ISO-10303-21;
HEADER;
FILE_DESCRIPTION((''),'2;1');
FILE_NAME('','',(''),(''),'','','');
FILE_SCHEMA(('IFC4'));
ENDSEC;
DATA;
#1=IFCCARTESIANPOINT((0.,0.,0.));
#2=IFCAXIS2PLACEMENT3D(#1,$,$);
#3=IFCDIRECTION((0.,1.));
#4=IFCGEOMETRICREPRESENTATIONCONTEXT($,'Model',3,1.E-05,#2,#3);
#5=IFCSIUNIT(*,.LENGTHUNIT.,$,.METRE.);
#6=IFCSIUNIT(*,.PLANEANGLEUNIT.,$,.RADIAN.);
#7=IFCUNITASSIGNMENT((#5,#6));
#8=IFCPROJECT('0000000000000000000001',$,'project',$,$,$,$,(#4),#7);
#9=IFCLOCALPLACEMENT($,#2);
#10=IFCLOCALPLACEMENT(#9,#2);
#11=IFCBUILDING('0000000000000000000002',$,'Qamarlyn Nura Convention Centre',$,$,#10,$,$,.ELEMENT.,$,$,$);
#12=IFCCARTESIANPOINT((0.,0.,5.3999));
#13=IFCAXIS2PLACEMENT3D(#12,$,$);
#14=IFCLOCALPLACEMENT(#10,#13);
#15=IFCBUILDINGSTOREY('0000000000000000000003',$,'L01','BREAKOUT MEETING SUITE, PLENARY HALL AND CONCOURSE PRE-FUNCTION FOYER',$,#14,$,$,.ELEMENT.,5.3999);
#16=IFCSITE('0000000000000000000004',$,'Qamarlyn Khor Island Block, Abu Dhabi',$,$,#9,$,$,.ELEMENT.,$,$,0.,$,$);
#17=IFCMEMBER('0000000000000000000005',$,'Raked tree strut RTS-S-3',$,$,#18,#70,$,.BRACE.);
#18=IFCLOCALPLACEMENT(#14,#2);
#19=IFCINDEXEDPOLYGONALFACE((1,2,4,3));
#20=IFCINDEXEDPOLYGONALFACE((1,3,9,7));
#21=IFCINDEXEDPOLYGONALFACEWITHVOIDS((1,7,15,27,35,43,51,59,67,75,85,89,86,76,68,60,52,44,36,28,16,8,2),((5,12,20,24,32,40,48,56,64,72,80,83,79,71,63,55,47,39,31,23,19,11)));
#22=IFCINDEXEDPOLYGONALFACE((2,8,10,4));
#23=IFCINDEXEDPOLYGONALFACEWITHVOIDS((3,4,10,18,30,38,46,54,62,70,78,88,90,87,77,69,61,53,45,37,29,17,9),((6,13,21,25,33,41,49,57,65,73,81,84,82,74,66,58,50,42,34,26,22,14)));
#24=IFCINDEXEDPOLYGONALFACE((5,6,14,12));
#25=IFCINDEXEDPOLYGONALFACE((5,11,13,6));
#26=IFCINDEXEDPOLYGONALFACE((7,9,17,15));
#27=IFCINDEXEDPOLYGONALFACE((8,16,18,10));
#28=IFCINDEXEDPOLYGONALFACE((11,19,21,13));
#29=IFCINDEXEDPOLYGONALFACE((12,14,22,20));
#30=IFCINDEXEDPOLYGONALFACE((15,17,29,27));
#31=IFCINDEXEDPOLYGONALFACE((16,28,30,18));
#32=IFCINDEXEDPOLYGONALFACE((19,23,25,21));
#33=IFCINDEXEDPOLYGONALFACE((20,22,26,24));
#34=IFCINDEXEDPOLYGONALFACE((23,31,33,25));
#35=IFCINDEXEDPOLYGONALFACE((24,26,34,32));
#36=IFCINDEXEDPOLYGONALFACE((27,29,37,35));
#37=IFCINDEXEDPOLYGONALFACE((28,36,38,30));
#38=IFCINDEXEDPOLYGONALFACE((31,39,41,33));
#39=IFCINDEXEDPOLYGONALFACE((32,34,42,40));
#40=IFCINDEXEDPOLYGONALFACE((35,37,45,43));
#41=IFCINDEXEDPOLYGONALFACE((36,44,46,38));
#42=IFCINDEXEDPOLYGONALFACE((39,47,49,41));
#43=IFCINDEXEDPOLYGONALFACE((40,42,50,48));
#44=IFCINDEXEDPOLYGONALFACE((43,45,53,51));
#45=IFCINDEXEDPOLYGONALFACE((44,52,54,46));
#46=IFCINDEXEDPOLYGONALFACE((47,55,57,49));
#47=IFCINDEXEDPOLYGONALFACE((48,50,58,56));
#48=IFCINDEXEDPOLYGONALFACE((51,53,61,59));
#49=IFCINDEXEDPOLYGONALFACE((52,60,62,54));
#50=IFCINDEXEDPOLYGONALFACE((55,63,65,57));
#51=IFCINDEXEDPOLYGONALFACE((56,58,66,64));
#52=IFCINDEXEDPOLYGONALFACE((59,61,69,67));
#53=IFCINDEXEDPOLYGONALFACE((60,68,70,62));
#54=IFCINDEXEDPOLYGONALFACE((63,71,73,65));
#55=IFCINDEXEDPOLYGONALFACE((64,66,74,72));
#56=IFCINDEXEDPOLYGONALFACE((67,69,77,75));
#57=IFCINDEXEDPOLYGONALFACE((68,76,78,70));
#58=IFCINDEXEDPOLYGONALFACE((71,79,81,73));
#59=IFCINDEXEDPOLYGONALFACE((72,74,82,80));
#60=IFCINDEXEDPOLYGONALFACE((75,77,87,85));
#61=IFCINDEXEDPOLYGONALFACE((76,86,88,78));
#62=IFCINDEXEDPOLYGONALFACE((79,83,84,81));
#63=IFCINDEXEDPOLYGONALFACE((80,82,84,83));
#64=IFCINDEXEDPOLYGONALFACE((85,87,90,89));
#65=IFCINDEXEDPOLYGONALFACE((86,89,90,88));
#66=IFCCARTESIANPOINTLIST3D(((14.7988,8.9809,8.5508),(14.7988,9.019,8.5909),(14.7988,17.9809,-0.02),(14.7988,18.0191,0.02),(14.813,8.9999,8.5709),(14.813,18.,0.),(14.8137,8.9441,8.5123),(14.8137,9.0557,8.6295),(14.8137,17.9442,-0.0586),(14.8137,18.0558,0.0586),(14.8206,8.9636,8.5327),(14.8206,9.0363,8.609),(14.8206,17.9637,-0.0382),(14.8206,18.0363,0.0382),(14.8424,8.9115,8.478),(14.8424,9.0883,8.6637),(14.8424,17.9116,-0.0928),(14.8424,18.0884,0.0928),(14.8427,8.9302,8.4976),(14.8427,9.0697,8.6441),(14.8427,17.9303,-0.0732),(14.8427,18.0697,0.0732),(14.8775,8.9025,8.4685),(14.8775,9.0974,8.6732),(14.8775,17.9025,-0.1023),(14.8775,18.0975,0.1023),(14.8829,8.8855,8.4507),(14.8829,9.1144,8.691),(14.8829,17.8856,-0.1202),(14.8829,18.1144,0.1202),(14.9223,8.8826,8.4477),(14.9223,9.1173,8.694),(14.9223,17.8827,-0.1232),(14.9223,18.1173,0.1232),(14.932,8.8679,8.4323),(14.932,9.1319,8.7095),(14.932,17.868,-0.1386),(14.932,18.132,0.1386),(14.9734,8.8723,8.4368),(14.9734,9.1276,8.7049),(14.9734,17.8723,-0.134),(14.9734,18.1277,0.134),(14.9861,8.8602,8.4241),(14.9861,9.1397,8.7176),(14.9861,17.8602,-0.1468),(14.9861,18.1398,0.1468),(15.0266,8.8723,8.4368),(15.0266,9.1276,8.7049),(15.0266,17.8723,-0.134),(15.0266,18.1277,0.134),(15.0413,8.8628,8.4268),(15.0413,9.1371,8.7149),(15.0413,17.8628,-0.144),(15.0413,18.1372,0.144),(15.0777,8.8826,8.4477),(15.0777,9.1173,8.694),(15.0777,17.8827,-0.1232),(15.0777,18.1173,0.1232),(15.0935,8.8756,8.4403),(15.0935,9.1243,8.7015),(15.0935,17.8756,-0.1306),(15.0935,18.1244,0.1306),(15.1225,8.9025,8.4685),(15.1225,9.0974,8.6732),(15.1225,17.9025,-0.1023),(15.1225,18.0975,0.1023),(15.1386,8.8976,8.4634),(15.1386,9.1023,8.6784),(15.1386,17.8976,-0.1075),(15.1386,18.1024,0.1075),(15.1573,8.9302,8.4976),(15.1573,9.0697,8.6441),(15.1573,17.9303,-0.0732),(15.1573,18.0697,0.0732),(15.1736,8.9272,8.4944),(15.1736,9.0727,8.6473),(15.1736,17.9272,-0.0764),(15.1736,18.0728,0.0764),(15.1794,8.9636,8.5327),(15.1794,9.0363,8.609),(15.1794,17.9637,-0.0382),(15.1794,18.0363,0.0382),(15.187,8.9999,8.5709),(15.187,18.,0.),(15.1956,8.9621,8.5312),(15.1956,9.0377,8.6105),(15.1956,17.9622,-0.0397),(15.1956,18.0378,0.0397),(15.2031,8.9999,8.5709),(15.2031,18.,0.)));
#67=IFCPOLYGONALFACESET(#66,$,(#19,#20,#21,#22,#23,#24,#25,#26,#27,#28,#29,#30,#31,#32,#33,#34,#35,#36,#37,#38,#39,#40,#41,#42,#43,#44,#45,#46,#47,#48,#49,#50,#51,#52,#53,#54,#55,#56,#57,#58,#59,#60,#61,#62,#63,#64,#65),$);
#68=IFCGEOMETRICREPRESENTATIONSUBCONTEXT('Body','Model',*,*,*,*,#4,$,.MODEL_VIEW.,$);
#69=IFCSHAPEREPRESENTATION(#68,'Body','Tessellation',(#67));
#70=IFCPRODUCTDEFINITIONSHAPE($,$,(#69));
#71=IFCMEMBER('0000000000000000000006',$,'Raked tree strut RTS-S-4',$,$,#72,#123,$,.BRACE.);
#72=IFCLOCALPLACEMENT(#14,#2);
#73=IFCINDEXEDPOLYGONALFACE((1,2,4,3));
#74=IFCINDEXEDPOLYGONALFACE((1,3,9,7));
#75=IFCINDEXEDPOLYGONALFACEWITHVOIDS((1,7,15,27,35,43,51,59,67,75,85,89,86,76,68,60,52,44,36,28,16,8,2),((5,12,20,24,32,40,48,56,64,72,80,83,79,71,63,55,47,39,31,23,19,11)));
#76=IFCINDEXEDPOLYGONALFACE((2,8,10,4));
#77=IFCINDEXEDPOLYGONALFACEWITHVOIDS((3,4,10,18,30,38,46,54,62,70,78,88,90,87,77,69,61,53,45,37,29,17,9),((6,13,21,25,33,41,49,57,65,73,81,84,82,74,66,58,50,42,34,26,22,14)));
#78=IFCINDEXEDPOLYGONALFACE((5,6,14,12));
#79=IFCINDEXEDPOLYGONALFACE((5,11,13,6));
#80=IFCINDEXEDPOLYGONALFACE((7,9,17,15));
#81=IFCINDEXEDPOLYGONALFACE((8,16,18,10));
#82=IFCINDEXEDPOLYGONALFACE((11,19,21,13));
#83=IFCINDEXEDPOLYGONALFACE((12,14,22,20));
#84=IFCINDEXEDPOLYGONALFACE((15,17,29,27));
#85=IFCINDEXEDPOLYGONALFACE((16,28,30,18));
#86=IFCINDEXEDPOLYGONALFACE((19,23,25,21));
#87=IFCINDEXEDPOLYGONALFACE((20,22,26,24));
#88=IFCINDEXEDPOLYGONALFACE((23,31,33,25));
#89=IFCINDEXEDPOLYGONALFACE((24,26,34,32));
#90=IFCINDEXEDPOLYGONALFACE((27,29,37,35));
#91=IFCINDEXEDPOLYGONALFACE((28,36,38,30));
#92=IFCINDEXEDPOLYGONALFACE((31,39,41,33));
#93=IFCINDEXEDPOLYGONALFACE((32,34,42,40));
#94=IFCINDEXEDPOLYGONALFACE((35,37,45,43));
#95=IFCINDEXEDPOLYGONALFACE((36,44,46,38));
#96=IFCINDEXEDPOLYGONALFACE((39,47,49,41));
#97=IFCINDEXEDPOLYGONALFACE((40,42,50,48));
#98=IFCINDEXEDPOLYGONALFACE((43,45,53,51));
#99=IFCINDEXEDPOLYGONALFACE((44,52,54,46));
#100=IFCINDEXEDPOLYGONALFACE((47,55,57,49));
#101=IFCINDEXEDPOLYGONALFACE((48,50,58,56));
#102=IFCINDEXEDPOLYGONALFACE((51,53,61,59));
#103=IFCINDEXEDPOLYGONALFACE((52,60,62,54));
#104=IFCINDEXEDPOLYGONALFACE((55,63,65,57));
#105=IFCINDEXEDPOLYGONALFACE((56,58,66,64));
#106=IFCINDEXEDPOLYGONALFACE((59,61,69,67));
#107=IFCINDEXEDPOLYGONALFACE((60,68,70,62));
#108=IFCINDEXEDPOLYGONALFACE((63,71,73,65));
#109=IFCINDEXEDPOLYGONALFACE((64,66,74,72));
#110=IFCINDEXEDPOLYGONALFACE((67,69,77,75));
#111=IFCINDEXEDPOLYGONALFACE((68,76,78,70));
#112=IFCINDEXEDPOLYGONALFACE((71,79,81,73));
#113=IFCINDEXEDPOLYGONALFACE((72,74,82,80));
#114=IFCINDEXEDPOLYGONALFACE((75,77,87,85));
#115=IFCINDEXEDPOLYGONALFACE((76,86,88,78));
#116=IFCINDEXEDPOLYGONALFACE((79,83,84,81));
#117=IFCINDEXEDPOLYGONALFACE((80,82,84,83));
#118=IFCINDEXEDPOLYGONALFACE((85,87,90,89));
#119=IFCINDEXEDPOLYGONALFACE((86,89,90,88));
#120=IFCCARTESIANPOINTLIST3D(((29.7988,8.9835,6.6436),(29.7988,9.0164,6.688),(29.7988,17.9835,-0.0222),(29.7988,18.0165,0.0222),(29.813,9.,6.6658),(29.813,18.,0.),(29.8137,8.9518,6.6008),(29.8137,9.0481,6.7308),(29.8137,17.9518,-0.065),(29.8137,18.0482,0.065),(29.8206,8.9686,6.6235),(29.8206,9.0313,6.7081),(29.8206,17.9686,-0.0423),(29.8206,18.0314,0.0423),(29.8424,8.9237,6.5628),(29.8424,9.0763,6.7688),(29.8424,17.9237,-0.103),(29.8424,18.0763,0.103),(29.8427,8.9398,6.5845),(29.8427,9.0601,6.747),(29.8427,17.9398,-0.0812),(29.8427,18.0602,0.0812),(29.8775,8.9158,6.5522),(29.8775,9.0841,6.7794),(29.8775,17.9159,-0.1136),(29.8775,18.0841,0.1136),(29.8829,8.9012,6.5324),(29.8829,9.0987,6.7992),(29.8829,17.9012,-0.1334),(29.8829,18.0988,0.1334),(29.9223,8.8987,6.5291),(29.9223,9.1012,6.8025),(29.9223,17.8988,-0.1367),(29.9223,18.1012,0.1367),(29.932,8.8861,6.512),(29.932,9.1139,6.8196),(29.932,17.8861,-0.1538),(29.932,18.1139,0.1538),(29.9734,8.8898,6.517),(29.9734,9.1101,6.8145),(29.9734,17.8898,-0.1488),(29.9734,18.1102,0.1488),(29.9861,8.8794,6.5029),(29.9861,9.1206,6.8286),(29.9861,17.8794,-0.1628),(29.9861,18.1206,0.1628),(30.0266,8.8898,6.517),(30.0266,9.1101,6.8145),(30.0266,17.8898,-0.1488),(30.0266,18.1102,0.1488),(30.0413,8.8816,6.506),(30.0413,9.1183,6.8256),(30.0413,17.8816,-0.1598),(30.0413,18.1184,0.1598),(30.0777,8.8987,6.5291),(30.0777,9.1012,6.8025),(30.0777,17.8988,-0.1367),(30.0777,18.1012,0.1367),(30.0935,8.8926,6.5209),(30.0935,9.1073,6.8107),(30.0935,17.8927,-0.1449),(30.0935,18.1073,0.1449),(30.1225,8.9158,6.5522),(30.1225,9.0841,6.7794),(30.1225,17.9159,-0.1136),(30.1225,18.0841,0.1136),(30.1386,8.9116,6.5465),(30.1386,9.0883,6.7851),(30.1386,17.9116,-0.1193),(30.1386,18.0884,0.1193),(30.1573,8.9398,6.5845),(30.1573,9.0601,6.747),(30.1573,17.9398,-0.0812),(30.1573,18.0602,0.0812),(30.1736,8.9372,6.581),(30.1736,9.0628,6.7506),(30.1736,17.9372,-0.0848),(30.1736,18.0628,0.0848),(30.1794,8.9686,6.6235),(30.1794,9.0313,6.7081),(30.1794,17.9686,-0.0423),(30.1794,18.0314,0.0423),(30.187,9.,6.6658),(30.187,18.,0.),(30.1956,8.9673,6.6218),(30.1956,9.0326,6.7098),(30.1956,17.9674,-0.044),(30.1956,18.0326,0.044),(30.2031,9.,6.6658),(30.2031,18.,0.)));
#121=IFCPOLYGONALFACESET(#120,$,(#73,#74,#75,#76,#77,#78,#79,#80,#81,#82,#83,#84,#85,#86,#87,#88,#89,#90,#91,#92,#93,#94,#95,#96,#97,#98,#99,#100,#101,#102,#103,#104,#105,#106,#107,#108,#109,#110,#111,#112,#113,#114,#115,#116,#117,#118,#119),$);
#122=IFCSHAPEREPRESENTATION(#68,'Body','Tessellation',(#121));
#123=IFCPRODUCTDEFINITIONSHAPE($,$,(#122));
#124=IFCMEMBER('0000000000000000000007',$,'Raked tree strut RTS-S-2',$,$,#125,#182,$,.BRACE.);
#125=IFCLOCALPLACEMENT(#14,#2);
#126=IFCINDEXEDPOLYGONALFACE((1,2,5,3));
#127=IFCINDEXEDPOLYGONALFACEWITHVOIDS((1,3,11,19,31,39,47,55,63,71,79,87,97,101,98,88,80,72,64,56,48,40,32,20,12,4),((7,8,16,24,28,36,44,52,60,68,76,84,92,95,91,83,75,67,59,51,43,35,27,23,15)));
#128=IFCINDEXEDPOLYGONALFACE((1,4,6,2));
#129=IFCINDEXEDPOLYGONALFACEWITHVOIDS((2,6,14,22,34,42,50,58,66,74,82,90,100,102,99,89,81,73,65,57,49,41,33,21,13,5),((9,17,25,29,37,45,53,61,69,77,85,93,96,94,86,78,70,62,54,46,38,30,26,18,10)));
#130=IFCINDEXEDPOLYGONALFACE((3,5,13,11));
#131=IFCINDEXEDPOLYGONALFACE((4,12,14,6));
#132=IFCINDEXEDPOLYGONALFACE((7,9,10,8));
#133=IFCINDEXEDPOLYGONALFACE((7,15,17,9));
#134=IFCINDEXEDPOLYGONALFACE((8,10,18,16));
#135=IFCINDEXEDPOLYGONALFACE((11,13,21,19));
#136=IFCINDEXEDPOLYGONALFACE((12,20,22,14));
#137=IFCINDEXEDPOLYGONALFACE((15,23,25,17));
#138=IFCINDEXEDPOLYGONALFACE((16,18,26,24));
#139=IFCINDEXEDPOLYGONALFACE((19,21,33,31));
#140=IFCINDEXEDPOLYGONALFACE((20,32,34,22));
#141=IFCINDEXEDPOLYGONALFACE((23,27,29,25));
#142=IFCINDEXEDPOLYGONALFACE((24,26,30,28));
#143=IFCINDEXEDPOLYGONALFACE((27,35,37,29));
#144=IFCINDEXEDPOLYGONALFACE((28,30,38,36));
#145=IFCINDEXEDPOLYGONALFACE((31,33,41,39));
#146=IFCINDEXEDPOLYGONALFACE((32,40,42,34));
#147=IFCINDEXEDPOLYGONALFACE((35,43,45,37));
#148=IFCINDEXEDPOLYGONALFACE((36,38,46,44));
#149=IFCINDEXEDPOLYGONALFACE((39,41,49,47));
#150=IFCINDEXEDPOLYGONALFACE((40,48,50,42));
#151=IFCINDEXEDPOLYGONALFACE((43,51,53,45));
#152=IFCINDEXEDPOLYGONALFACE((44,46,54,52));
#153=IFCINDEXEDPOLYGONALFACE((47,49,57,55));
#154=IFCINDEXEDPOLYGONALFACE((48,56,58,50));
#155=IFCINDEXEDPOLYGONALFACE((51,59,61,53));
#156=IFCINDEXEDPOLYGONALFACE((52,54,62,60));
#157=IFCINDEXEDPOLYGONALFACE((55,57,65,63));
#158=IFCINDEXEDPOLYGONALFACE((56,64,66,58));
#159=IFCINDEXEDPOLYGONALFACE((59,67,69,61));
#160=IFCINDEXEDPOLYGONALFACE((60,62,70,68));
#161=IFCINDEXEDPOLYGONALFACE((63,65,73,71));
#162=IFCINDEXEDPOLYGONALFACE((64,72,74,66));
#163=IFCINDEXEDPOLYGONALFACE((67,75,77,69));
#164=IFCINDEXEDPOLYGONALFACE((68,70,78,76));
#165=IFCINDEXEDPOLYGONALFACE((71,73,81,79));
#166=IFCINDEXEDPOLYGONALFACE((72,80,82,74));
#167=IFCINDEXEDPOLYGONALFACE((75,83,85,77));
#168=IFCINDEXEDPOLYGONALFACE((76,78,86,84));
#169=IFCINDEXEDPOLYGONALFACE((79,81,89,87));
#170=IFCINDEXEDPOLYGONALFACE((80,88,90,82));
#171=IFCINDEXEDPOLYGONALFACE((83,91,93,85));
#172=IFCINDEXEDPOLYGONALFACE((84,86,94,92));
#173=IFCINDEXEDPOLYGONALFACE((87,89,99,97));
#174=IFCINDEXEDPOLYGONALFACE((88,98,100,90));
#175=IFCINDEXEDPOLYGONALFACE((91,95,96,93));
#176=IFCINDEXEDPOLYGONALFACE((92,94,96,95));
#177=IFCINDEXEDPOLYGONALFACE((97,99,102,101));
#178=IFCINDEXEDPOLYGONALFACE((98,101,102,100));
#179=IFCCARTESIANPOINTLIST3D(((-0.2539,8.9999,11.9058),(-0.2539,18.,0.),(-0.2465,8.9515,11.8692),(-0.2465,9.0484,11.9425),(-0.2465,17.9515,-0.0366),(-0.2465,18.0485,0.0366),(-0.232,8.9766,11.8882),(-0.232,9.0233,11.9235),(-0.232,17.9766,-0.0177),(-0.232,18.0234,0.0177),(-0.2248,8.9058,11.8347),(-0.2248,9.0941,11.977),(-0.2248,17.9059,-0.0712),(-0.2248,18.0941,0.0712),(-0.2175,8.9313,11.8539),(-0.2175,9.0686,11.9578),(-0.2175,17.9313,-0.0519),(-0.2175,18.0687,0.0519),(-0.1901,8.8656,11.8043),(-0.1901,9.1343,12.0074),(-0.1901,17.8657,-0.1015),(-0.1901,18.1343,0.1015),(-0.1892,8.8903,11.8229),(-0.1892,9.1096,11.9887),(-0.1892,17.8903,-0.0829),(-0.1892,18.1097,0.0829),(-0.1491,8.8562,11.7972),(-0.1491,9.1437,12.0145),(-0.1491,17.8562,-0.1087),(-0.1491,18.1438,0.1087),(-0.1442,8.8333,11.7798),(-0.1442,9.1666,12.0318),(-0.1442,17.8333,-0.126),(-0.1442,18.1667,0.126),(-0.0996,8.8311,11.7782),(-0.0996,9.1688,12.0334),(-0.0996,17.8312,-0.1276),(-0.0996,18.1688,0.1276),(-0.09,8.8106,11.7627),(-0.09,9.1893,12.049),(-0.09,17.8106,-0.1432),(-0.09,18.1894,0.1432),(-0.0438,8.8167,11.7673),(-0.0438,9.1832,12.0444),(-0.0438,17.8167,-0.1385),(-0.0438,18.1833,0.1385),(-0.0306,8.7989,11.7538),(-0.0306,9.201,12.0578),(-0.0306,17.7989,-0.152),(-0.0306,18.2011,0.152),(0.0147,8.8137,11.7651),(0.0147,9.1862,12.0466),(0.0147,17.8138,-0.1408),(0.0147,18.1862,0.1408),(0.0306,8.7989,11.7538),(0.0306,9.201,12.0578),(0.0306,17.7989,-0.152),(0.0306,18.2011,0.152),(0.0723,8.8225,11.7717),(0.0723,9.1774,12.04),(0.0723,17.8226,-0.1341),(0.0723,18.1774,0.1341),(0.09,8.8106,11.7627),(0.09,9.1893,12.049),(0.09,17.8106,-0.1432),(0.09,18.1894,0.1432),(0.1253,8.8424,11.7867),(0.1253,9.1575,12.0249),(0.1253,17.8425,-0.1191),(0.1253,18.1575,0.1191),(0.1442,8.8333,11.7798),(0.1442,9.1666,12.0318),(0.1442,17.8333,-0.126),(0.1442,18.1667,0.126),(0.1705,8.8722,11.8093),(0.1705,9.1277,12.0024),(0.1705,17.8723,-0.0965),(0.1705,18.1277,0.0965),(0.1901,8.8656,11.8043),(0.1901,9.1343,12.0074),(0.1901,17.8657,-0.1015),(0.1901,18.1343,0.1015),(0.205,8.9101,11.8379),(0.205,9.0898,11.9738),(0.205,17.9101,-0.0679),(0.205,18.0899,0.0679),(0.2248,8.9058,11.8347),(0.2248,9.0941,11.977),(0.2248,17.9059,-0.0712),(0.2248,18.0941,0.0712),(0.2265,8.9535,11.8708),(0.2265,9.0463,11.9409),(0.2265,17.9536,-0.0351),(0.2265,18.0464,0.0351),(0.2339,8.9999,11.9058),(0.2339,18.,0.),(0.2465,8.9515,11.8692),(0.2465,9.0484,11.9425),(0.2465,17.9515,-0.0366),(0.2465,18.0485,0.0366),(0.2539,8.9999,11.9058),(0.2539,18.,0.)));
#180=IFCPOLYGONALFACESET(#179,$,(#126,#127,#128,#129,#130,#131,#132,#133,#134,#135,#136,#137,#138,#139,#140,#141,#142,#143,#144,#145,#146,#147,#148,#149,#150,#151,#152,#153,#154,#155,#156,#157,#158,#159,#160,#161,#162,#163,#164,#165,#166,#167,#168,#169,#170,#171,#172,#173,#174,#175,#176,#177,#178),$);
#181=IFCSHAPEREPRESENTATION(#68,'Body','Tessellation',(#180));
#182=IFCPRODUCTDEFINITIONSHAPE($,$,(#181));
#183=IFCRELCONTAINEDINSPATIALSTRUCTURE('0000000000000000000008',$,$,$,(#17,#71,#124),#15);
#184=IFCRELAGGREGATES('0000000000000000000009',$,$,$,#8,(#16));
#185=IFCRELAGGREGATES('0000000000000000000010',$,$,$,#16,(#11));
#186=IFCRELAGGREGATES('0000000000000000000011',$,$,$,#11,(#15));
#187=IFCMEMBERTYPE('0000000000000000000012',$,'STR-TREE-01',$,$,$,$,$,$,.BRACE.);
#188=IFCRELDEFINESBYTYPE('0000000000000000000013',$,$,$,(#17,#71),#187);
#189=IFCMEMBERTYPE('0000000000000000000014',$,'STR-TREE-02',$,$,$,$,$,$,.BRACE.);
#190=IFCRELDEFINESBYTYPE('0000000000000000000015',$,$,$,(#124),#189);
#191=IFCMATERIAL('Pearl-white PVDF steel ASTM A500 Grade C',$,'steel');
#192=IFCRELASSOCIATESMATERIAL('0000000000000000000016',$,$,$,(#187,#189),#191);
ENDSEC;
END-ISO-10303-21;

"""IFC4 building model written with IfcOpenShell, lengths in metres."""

from ifc_helpers import new_model, si_unit, direction, frame, origin, origin_2d, place, context, subcontext, project, spatial, hollow_circle, extrude, material, material_profile, profile_set, type_object, element, save


model = new_model("IFC4")

# Units and contexts
model_context = context("Model", 3, precision=1e-05, world=origin(), true_north=direction((0.0, 1.0)))
body_context = subcontext(model_context, "Body", "Model", "MODEL_VIEW")
ifc_project = project(units=[si_unit("LENGTHUNIT", "METRE"), si_unit("PLANEANGLEUNIT", "RADIAN")], contexts=[model_context])

# Site, building, storey
site_placement = place(None, origin())
site = spatial("IfcSite", under=ifc_project, at=site_placement, Name="Qamarlyn Khor Island Block, Abu Dhabi", CompositionType="ELEMENT", RefElevation=0.0)
building_placement = place(site_placement, origin())
building = spatial("IfcBuilding", under=site, at=building_placement, Name="Qamarlyn Nura Convention Centre", CompositionType="ELEMENT")
storey_placement = place(building_placement, frame((0.0, 0.0, 5.3999)))
storey = spatial("IfcBuildingStorey", under=building, at=storey_placement, Name="L01", Description="BREAKOUT MEETING SUITE, PLENARY HALL AND CONCOURSE PRE-FUNCTION FOYER", CompositionType="ELEMENT", Elevation=5.3999)

# Shared definitions
ifc_material_1 = material(Name="Pearl-white PVDF steel ASTM A500 Grade C", Category="steel")

# Members
ifc_material_profile_1 = material_profile(ifc_material_1, hollow_circle(Radius=0.2031, WallThickness=0.0161, at=origin_2d()), Name="CHS406.4X16")
ifc_profile_set_1 = profile_set([ifc_material_profile_1], Name="Pearl-white PVDF steel ASTM A500 Grade C")
member_type_1 = type_object("IfcMemberType", Name="STR-TREE-01", PredefinedType="BRACE", material=ifc_profile_set_1)
member_1_placement = place(storey_placement, frame((15.0, 18.0, 0.0), z_axis=(0.0, -0.724163, 0.689629), x_axis=(1.0, 0.0, 0.0)))
element("IfcMember", 1, at=member_1_placement, inside=storey, type_object=member_type_1, Name="Raked tree strut RTS-S-3", PredefinedType="BRACE", context=body_context, shape_type="SweptSolid", body=[
    extrude(hollow_circle(Radius=0.2031, WallThickness=0.0161, at=origin_2d()), origin(), (0.0, 0.0, 1.0), 12.4282),
])
member_2_placement = place(storey_placement, frame((30.0, 18.0, 0.0), z_axis=(0.0, -0.803595, 0.595176), x_axis=(1.0, 0.0, 0.0)))
element("IfcMember", 2, at=member_2_placement, inside=storey, type_object=member_type_1, Name="Raked tree strut RTS-S-4", PredefinedType="BRACE", context=body_context, shape_type="SweptSolid", body=[
    extrude(hollow_circle(Radius=0.2031, WallThickness=0.0161, at=origin_2d()), origin(), (0.0, 0.0, 1.0), 11.1997),
])
ifc_material_profile_2 = material_profile(ifc_material_1, hollow_circle(Radius=0.2539, WallThickness=0.02, at=origin_2d()), Name="CHS508X20")
ifc_profile_set_2 = profile_set([ifc_material_profile_2], Name="Pearl-white PVDF steel ASTM A500 Grade C")
member_type_2 = type_object("IfcMemberType", Name="STR-TREE-02", PredefinedType="BRACE", material=ifc_profile_set_2)
member_3_placement = place(storey_placement, frame((0.0, 18.0, 0.0), z_axis=(0.0, -0.603027, 0.797721), x_axis=(1.0, 0.0, 0.0)))
element("IfcMember", 3, at=member_3_placement, inside=storey, type_object=member_type_2, Name="Raked tree strut RTS-S-2", PredefinedType="BRACE", context=body_context, shape_type="SweptSolid", body=[
    extrude(hollow_circle(Radius=0.2539, WallThickness=0.02, at=origin_2d()), origin(), (0.0, 0.0, 1.0), 14.9248),
])

save(model, "model.ifc")
